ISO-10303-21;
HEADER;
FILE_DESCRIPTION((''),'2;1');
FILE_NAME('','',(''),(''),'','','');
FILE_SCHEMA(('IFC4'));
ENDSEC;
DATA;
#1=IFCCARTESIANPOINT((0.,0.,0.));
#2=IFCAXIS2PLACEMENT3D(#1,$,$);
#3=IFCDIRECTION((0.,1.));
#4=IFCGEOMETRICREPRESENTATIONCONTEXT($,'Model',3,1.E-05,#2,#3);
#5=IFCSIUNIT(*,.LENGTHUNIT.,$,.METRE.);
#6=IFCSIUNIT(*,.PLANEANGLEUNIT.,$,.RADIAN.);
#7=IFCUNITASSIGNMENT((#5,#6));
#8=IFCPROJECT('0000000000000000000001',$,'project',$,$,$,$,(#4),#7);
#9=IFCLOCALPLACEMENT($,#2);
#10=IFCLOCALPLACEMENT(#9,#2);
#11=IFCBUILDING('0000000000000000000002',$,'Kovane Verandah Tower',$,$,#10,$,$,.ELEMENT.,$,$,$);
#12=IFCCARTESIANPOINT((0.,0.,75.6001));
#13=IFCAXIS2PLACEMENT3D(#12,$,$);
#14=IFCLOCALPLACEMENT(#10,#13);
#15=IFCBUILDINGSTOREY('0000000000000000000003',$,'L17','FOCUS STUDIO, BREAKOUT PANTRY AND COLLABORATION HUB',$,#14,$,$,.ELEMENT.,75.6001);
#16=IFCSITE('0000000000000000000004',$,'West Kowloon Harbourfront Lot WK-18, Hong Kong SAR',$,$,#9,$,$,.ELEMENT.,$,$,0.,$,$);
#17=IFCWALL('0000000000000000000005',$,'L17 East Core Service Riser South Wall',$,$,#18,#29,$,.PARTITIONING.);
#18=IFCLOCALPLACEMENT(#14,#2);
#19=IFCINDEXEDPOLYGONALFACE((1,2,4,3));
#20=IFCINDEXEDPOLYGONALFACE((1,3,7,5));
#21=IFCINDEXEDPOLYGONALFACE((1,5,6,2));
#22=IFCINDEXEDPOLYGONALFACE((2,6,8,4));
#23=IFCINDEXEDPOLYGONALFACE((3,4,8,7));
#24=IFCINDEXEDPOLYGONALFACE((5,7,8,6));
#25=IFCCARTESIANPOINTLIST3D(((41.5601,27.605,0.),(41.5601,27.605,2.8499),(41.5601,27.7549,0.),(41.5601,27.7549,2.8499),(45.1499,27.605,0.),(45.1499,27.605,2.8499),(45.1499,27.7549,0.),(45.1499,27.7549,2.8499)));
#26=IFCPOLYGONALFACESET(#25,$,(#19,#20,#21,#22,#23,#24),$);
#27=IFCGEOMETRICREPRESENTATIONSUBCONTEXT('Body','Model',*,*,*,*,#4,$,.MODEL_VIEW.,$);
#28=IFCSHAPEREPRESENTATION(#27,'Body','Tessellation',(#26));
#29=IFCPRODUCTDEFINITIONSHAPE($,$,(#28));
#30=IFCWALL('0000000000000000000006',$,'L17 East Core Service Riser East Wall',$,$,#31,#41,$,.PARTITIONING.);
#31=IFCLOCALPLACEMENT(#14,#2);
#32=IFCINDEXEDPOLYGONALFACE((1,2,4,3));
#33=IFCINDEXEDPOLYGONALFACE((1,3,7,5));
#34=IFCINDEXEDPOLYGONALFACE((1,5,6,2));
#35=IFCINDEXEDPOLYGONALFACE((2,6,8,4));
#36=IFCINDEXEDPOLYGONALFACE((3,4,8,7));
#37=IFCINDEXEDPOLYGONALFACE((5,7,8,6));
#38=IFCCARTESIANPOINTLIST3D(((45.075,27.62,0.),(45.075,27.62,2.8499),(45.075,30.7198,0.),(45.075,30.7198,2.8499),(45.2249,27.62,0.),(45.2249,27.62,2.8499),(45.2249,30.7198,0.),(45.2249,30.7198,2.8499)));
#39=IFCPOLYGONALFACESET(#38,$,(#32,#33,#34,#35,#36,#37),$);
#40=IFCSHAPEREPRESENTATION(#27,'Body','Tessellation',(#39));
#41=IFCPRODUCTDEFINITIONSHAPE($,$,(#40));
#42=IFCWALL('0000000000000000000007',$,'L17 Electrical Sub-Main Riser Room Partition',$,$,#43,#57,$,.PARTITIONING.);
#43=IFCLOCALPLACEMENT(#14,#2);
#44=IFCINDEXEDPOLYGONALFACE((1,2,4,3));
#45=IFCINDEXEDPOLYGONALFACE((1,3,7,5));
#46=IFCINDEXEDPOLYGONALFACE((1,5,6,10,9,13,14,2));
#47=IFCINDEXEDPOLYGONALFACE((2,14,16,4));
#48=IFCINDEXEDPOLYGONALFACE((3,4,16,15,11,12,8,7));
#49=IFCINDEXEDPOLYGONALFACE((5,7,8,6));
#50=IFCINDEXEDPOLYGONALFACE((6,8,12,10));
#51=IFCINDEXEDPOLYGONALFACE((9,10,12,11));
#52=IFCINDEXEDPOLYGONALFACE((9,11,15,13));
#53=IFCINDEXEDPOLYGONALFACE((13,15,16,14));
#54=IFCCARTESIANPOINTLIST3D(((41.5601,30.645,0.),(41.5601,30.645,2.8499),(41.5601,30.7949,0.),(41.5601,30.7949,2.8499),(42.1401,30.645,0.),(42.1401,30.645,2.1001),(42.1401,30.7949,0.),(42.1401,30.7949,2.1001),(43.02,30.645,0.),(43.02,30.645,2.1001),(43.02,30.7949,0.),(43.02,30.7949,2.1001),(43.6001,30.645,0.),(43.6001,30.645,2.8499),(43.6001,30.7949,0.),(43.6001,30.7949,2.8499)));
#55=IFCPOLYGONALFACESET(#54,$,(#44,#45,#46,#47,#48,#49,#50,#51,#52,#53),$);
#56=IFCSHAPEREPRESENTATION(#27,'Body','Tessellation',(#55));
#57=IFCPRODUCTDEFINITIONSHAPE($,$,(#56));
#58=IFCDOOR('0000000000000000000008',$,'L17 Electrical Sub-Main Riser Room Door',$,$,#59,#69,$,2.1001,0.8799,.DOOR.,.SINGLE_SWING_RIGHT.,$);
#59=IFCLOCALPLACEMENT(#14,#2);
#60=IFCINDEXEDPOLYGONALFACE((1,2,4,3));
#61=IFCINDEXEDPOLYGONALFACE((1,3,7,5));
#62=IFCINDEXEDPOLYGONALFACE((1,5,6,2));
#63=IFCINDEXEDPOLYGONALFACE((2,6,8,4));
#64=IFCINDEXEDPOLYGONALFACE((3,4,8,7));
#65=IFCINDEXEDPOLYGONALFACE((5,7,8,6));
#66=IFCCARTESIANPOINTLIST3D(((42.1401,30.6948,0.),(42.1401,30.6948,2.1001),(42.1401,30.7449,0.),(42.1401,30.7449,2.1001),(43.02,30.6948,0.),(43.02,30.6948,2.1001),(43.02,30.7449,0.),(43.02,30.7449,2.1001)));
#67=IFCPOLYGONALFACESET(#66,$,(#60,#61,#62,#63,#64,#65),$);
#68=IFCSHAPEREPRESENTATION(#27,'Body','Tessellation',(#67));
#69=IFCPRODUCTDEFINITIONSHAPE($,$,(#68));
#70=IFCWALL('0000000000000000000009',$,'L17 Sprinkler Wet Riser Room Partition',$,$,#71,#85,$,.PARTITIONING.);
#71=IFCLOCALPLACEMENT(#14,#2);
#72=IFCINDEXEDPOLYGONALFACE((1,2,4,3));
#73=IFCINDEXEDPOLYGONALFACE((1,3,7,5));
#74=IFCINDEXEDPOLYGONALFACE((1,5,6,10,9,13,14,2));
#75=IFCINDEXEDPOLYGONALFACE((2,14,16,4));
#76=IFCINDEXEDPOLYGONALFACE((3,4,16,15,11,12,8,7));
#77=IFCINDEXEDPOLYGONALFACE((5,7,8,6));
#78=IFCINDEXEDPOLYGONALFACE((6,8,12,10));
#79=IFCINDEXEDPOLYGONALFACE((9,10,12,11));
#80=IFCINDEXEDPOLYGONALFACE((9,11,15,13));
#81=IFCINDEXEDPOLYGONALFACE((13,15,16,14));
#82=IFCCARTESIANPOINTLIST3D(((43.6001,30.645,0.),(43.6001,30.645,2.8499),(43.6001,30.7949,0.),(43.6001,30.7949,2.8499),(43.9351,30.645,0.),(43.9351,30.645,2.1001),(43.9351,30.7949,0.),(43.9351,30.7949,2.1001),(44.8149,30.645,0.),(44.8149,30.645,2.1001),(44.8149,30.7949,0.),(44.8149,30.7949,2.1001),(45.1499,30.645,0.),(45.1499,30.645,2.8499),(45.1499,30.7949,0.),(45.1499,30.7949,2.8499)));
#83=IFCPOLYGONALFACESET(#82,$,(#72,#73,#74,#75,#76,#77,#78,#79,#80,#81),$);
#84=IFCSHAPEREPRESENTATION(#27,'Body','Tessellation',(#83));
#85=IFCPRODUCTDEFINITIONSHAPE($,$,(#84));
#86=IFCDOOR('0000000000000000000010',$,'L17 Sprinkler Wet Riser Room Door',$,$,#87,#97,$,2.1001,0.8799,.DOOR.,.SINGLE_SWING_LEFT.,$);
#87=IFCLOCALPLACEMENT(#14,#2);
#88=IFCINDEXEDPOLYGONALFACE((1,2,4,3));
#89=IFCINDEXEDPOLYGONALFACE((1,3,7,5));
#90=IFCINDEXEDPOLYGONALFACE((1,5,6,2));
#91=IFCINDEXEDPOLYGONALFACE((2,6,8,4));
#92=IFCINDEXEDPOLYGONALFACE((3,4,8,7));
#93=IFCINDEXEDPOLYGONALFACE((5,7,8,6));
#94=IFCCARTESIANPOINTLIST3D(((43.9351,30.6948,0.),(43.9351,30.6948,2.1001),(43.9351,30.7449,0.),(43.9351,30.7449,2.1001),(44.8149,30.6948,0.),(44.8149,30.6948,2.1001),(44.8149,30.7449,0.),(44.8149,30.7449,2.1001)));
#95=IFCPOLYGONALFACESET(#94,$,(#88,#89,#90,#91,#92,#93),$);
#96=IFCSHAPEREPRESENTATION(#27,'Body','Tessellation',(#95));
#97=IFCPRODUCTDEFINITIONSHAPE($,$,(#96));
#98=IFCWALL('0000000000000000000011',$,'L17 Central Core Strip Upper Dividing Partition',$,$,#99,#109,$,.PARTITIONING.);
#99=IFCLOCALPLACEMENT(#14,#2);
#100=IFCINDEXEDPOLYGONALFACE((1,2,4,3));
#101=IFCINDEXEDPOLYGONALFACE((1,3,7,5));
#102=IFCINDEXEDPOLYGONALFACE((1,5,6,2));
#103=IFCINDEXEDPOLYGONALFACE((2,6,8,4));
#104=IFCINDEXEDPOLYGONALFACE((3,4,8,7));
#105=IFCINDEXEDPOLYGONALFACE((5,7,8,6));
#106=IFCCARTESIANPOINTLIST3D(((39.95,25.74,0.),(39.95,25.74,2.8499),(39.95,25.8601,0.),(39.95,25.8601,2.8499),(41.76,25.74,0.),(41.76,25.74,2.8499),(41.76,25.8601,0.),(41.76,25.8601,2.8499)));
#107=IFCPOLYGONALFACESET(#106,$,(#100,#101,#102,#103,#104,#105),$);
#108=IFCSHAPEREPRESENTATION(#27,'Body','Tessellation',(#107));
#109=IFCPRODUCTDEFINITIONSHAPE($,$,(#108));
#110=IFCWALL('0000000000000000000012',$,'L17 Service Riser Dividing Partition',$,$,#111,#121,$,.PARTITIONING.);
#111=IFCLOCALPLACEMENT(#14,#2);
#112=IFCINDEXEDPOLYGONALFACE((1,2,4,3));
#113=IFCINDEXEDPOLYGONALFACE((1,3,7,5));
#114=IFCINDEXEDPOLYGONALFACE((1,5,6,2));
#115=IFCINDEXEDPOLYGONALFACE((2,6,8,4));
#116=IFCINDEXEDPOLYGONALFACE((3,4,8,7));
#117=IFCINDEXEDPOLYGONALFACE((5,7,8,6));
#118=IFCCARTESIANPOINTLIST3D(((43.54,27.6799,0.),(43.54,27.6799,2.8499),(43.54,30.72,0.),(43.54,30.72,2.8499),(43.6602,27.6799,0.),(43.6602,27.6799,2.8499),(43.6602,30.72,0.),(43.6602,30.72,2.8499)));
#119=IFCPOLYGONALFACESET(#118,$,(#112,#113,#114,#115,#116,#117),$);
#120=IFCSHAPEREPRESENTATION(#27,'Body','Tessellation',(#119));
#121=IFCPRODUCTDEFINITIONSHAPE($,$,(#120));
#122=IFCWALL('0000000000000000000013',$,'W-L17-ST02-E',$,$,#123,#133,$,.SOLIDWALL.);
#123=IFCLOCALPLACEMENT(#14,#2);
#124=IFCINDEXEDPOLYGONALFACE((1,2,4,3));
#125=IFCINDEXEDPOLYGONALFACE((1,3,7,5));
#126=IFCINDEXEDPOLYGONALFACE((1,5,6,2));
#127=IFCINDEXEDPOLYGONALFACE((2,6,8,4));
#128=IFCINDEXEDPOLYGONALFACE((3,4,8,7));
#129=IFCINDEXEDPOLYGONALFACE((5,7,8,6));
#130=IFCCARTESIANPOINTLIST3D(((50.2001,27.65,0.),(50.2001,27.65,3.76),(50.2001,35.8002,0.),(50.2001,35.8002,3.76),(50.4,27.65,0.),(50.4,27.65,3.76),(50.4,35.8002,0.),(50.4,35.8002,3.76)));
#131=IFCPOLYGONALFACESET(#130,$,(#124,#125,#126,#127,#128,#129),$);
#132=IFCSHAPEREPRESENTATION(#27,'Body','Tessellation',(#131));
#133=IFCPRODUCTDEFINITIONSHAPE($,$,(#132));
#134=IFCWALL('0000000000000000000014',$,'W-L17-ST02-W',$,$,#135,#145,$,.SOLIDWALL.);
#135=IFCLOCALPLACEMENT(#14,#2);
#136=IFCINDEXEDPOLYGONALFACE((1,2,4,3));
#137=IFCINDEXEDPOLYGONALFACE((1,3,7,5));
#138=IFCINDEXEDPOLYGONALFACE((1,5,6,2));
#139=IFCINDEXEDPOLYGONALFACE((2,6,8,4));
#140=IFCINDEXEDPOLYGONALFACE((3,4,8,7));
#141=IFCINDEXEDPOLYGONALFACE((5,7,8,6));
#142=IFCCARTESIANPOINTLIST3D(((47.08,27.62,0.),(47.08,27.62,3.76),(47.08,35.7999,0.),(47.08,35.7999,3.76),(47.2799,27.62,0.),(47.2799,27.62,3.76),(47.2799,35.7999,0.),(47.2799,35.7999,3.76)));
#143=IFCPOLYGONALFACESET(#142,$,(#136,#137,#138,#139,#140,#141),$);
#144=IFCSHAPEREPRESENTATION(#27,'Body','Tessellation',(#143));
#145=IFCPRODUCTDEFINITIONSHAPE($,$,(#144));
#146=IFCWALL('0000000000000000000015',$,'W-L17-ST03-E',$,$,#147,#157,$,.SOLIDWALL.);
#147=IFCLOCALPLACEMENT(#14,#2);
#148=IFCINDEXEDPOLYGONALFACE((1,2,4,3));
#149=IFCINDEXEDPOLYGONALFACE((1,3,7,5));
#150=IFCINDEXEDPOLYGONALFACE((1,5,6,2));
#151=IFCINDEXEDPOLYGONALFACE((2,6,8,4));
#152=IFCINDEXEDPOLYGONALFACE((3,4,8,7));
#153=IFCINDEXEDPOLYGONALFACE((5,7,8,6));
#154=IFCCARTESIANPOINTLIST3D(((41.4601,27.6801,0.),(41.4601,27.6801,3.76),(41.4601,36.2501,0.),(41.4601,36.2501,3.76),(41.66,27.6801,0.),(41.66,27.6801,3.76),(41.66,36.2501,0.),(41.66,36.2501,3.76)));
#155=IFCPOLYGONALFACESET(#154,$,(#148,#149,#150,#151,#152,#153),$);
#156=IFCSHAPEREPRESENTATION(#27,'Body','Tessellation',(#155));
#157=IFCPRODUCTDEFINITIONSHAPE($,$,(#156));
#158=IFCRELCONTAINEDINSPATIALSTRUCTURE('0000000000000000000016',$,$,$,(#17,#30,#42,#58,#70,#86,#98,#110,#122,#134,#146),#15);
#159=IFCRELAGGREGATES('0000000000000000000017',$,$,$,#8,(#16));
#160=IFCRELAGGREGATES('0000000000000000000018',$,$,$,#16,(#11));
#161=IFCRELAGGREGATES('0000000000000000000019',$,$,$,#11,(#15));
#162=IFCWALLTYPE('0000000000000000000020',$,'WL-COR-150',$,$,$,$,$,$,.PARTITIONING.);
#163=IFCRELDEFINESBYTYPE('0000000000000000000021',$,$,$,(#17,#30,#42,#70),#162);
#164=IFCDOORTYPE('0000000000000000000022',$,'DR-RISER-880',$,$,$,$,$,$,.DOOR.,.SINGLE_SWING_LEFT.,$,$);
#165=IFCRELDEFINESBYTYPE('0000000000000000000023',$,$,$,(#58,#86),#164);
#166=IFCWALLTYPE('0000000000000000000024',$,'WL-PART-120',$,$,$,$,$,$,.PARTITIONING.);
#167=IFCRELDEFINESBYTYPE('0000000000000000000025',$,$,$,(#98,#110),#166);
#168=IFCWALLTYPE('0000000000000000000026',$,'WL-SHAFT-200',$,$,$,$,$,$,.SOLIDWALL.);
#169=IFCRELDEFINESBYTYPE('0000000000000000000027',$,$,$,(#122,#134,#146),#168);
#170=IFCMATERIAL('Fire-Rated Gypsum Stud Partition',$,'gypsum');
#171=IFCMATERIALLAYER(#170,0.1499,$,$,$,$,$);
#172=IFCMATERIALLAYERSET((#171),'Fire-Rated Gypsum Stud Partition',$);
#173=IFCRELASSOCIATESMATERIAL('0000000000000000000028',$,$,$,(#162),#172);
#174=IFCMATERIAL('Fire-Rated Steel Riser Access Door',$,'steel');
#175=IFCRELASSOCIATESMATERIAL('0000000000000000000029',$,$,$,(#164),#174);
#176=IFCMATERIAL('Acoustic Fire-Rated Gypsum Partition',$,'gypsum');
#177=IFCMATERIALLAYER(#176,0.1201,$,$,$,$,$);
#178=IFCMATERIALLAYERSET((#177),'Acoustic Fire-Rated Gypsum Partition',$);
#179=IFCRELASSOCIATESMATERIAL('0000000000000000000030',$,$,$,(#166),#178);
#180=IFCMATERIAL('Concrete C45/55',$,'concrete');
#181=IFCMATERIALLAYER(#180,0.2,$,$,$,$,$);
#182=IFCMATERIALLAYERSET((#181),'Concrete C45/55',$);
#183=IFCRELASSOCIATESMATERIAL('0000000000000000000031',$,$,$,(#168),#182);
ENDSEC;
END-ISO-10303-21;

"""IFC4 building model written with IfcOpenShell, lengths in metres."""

from ifc_helpers import new_model, si_unit, direction, frame, frame_2d, origin, place, context, subcontext, project, spatial, rectangle, extrude, material, layer, layer_set, type_object, element, fill, save


model = new_model("IFC4")

# Units and contexts
model_context = context("Model", 3, precision=1e-05, world=origin(), true_north=direction((0.0, 1.0)))
body_context = subcontext(model_context, "Body", "Model", "MODEL_VIEW")
ifc_project = project(units=[si_unit("LENGTHUNIT", "METRE"), si_unit("PLANEANGLEUNIT", "RADIAN")], contexts=[model_context])

# Site, building, storey
site_placement = place(None, origin())
site = spatial("IfcSite", under=ifc_project, at=site_placement, Name="West Kowloon Harbourfront Lot WK-18, Hong Kong SAR", CompositionType="ELEMENT", RefElevation=0.0)
building_placement = place(site_placement, origin())
building = spatial("IfcBuilding", under=site, at=building_placement, Name="Kovane Verandah Tower", CompositionType="ELEMENT")
storey_placement = place(building_placement, frame((0.0, 0.0, 75.6001)))
storey = spatial("IfcBuildingStorey", under=building, at=storey_placement, Name="L17", Description="FOCUS STUDIO, BREAKOUT PANTRY AND COLLABORATION HUB", CompositionType="ELEMENT", Elevation=75.6001)

# Shared definitions
ifc_material_1 = material(Name="Fire-Rated Gypsum Stud Partition", Category="gypsum")
ifc_layer_1 = layer(ifc_material_1, 0.1499)
ifc_layer_set_1 = layer_set([ifc_layer_1], Name="Fire-Rated Gypsum Stud Partition")
wall_type_1 = type_object("IfcWallType", Name="WL-COR-150", PredefinedType="PARTITIONING", material=ifc_layer_set_1)

# Walls
wall_1_placement = place(storey_placement, frame((41.5601, 27.6799, 0.0), z_axis=(0.0, 0.0, 1.0), x_axis=(1.0, 0.0, 0.0)))
element("IfcWall", 1, at=wall_1_placement, inside=storey, type_object=wall_type_1, Name="L17 East Core Service Riser South Wall", PredefinedType="PARTITIONING", context=body_context, shape_type="SweptSolid", body=[
    extrude(rectangle(XDim=3.5898, YDim=0.1499, at=frame_2d((1.7949, 0.0))), origin(), (0.0, 0.0, 1.0), 2.8499),
])
wall_2_placement = place(storey_placement, frame((45.1499, 27.6201, 0.0), z_axis=(0.0, 0.0, 1.0), x_axis=(0.0, 1.0, 0.0)))
element("IfcWall", 2, at=wall_2_placement, inside=storey, type_object=wall_type_1, Name="L17 East Core Service Riser East Wall", PredefinedType="PARTITIONING", context=body_context, shape_type="SweptSolid", body=[
    extrude(rectangle(XDim=3.0999, YDim=0.1499, at=frame_2d((1.5498, 0.0))), origin(), (0.0, 0.0, 1.0), 2.8499),
])

# Walls, openings, doors
wall_3_placement = place(storey_placement, frame((41.5601, 30.72, 0.0), z_axis=(0.0, 0.0, 1.0), x_axis=(1.0, 0.0, 0.0)))
wall_3 = element("IfcWall", 3, at=wall_3_placement, inside=storey, type_object=wall_type_1, Name="L17 Electrical Sub-Main Riser Room Partition", PredefinedType="PARTITIONING", context=body_context, shape_type="SweptSolid", body=[
    extrude(rectangle(XDim=2.04, YDim=0.1499, at=frame_2d((1.02, 0.0))), origin(), (0.0, 0.0, 1.0), 2.8499),
])
opening_1_placement = place(wall_3_placement, frame((0.5801, 0.0, 0.0)))
opening_1 = element("IfcOpeningElement", 4, at=opening_1_placement, cuts=wall_3, PredefinedType="OPENING", context=body_context, shape_type="SweptSolid", body=[
    extrude(rectangle(XDim=0.8799, YDim=2.1001, at=frame_2d((0.4399, 1.05))), frame((0.0, 0.075, 0.0), z_axis=(0.0, -1.0, 0.0), x_axis=(1.0, 0.0, 0.0)), (0.0, 0.0, 1.0), 0.1499),
])
ifc_material_2 = material(Name="Fire-Rated Steel Riser Access Door", Category="steel")
door_type_1 = type_object("IfcDoorType", Name="DR-RISER-880", OperationType="SINGLE_SWING_LEFT", PredefinedType="DOOR", material=ifc_material_2)
door_1_placement = place(opening_1_placement, origin())
door_1 = element("IfcDoor", 5, at=door_1_placement, inside=storey, type_object=door_type_1, Name="L17 Electrical Sub-Main Riser Room Door", OperationType="SINGLE_SWING_RIGHT", OverallHeight=2.1001, OverallWidth=0.8799, PredefinedType="DOOR", context=body_context, shape_type="SweptSolid", body=[
    extrude(rectangle(XDim=0.8799, YDim=2.1001, at=frame_2d((0.4399, 1.05))), frame((0.0, 0.0249, 0.0), z_axis=(0.0, -1.0, 0.0), x_axis=(1.0, 0.0, 0.0)), (0.0, 0.0, 1.0), 0.05),
])
fill(opening_1, door_1)
wall_4_placement = place(storey_placement, frame((43.6001, 30.72, 0.0), z_axis=(0.0, 0.0, 1.0), x_axis=(1.0, 0.0, 0.0)))
wall_4 = element("IfcWall", 6, at=wall_4_placement, inside=storey, type_object=wall_type_1, Name="L17 Sprinkler Wet Riser Room Partition", PredefinedType="PARTITIONING", context=body_context, shape_type="SweptSolid", body=[
    extrude(rectangle(XDim=1.5498, YDim=0.1499, at=frame_2d((0.7749, 0.0))), origin(), (0.0, 0.0, 1.0), 2.8499),
])
opening_2_placement = place(wall_4_placement, frame((0.335, 0.0, 0.0)))
opening_2 = element("IfcOpeningElement", 7, at=opening_2_placement, cuts=wall_4, PredefinedType="OPENING", context=body_context, shape_type="SweptSolid", body=[
    extrude(rectangle(XDim=0.8799, YDim=2.1001, at=frame_2d((0.4399, 1.05))), frame((0.0, 0.075, 0.0), z_axis=(0.0, -1.0, 0.0), x_axis=(1.0, 0.0, 0.0)), (0.0, 0.0, 1.0), 0.1499),
])
door_2_placement = place(opening_2_placement, origin())
door_2 = element("IfcDoor", 8, at=door_2_placement, inside=storey, type_object=door_type_1, Name="L17 Sprinkler Wet Riser Room Door", OperationType="SINGLE_SWING_LEFT", OverallHeight=2.1001, OverallWidth=0.8799, PredefinedType="DOOR", context=body_context, shape_type="SweptSolid", body=[
    extrude(rectangle(XDim=0.8799, YDim=2.1001, at=frame_2d((0.4399, 1.05))), frame((0.0, 0.0249, 0.0), z_axis=(0.0, -1.0, 0.0), x_axis=(1.0, 0.0, 0.0)), (0.0, 0.0, 1.0), 0.05),
])
fill(opening_2, door_2)

# Walls
ifc_material_3 = material(Name="Acoustic Fire-Rated Gypsum Partition", Category="gypsum")
ifc_layer_2 = layer(ifc_material_3, 0.1201)
ifc_layer_set_2 = layer_set([ifc_layer_2], Name="Acoustic Fire-Rated Gypsum Partition")
wall_type_2 = type_object("IfcWallType", Name="WL-PART-120", PredefinedType="PARTITIONING", material=ifc_layer_set_2)
wall_5_placement = place(storey_placement, frame((39.95, 25.8, 0.0), z_axis=(0.0, 0.0, 1.0), x_axis=(1.0, 0.0, 0.0)))
element("IfcWall", 9, at=wall_5_placement, inside=storey, type_object=wall_type_2, Name="L17 Central Core Strip Upper Dividing Partition", PredefinedType="PARTITIONING", context=body_context, shape_type="SweptSolid", body=[
    extrude(rectangle(XDim=1.8101, YDim=0.1201, at=frame_2d((0.905, 0.0))), origin(), (0.0, 0.0, 1.0), 2.8499),
])
wall_6_placement = place(storey_placement, frame((43.6001, 27.6799, 0.0), z_axis=(0.0, 0.0, 1.0), x_axis=(0.0, 1.0, 0.0)))
element("IfcWall", 10, at=wall_6_placement, inside=storey, type_object=wall_type_2, Name="L17 Service Riser Dividing Partition", PredefinedType="PARTITIONING", context=body_context, shape_type="SweptSolid", body=[
    extrude(rectangle(XDim=3.04, YDim=0.1201, at=frame_2d((1.52, 0.0))), origin(), (0.0, 0.0, 1.0), 2.8499),
])
ifc_material_4 = material(Name="Concrete C45/55", Category="concrete")
ifc_layer_3 = layer(ifc_material_4, 0.2)
ifc_layer_set_3 = layer_set([ifc_layer_3], Name="Concrete C45/55")
wall_type_3 = type_object("IfcWallType", Name="WL-SHAFT-200", PredefinedType="SOLIDWALL", material=ifc_layer_set_3)
wall_7_placement = place(storey_placement, frame((50.3, 27.6499, 0.0), z_axis=(0.0, 0.0, 1.0), x_axis=(0.0, 1.0, 0.0)))
element("IfcWall", 11, at=wall_7_placement, inside=storey, type_object=wall_type_3, Name="W-L17-ST02-E", PredefinedType="SOLIDWALL", context=body_context, shape_type="SweptSolid", body=[
    extrude(rectangle(XDim=8.1501, YDim=0.2, at=frame_2d((4.0752, 0.0))), origin(), (0.0, 0.0, 1.0), 3.76),
])
wall_8_placement = place(storey_placement, frame((47.1799, 27.6201, 0.0), z_axis=(0.0, 0.0, 1.0), x_axis=(0.0, 1.0, 0.0)))
element("IfcWall", 12, at=wall_8_placement, inside=storey, type_object=wall_type_3, Name="W-L17-ST02-W", PredefinedType="SOLIDWALL", context=body_context, shape_type="SweptSolid", body=[
    extrude(rectangle(XDim=8.1799, YDim=0.2, at=frame_2d((4.0898, 0.0))), origin(), (0.0, 0.0, 1.0), 3.76),
])

# Wall
wall_9_placement = place(storey_placement, frame((41.5601, 27.6799, 0.0), z_axis=(0.0, 0.0, 1.0), x_axis=(0.0, 1.0, 0.0)))
element("IfcWall", 13, at=wall_9_placement, inside=storey, type_object=wall_type_3, Name="W-L17-ST03-E", PredefinedType="SOLIDWALL", context=body_context, shape_type="SweptSolid", body=[
    extrude(rectangle(XDim=8.5701, YDim=0.2, at=frame_2d((4.2852, 0.0))), origin(), (0.0, 0.0, 1.0), 3.76),
])

save(model, "model.ifc")
